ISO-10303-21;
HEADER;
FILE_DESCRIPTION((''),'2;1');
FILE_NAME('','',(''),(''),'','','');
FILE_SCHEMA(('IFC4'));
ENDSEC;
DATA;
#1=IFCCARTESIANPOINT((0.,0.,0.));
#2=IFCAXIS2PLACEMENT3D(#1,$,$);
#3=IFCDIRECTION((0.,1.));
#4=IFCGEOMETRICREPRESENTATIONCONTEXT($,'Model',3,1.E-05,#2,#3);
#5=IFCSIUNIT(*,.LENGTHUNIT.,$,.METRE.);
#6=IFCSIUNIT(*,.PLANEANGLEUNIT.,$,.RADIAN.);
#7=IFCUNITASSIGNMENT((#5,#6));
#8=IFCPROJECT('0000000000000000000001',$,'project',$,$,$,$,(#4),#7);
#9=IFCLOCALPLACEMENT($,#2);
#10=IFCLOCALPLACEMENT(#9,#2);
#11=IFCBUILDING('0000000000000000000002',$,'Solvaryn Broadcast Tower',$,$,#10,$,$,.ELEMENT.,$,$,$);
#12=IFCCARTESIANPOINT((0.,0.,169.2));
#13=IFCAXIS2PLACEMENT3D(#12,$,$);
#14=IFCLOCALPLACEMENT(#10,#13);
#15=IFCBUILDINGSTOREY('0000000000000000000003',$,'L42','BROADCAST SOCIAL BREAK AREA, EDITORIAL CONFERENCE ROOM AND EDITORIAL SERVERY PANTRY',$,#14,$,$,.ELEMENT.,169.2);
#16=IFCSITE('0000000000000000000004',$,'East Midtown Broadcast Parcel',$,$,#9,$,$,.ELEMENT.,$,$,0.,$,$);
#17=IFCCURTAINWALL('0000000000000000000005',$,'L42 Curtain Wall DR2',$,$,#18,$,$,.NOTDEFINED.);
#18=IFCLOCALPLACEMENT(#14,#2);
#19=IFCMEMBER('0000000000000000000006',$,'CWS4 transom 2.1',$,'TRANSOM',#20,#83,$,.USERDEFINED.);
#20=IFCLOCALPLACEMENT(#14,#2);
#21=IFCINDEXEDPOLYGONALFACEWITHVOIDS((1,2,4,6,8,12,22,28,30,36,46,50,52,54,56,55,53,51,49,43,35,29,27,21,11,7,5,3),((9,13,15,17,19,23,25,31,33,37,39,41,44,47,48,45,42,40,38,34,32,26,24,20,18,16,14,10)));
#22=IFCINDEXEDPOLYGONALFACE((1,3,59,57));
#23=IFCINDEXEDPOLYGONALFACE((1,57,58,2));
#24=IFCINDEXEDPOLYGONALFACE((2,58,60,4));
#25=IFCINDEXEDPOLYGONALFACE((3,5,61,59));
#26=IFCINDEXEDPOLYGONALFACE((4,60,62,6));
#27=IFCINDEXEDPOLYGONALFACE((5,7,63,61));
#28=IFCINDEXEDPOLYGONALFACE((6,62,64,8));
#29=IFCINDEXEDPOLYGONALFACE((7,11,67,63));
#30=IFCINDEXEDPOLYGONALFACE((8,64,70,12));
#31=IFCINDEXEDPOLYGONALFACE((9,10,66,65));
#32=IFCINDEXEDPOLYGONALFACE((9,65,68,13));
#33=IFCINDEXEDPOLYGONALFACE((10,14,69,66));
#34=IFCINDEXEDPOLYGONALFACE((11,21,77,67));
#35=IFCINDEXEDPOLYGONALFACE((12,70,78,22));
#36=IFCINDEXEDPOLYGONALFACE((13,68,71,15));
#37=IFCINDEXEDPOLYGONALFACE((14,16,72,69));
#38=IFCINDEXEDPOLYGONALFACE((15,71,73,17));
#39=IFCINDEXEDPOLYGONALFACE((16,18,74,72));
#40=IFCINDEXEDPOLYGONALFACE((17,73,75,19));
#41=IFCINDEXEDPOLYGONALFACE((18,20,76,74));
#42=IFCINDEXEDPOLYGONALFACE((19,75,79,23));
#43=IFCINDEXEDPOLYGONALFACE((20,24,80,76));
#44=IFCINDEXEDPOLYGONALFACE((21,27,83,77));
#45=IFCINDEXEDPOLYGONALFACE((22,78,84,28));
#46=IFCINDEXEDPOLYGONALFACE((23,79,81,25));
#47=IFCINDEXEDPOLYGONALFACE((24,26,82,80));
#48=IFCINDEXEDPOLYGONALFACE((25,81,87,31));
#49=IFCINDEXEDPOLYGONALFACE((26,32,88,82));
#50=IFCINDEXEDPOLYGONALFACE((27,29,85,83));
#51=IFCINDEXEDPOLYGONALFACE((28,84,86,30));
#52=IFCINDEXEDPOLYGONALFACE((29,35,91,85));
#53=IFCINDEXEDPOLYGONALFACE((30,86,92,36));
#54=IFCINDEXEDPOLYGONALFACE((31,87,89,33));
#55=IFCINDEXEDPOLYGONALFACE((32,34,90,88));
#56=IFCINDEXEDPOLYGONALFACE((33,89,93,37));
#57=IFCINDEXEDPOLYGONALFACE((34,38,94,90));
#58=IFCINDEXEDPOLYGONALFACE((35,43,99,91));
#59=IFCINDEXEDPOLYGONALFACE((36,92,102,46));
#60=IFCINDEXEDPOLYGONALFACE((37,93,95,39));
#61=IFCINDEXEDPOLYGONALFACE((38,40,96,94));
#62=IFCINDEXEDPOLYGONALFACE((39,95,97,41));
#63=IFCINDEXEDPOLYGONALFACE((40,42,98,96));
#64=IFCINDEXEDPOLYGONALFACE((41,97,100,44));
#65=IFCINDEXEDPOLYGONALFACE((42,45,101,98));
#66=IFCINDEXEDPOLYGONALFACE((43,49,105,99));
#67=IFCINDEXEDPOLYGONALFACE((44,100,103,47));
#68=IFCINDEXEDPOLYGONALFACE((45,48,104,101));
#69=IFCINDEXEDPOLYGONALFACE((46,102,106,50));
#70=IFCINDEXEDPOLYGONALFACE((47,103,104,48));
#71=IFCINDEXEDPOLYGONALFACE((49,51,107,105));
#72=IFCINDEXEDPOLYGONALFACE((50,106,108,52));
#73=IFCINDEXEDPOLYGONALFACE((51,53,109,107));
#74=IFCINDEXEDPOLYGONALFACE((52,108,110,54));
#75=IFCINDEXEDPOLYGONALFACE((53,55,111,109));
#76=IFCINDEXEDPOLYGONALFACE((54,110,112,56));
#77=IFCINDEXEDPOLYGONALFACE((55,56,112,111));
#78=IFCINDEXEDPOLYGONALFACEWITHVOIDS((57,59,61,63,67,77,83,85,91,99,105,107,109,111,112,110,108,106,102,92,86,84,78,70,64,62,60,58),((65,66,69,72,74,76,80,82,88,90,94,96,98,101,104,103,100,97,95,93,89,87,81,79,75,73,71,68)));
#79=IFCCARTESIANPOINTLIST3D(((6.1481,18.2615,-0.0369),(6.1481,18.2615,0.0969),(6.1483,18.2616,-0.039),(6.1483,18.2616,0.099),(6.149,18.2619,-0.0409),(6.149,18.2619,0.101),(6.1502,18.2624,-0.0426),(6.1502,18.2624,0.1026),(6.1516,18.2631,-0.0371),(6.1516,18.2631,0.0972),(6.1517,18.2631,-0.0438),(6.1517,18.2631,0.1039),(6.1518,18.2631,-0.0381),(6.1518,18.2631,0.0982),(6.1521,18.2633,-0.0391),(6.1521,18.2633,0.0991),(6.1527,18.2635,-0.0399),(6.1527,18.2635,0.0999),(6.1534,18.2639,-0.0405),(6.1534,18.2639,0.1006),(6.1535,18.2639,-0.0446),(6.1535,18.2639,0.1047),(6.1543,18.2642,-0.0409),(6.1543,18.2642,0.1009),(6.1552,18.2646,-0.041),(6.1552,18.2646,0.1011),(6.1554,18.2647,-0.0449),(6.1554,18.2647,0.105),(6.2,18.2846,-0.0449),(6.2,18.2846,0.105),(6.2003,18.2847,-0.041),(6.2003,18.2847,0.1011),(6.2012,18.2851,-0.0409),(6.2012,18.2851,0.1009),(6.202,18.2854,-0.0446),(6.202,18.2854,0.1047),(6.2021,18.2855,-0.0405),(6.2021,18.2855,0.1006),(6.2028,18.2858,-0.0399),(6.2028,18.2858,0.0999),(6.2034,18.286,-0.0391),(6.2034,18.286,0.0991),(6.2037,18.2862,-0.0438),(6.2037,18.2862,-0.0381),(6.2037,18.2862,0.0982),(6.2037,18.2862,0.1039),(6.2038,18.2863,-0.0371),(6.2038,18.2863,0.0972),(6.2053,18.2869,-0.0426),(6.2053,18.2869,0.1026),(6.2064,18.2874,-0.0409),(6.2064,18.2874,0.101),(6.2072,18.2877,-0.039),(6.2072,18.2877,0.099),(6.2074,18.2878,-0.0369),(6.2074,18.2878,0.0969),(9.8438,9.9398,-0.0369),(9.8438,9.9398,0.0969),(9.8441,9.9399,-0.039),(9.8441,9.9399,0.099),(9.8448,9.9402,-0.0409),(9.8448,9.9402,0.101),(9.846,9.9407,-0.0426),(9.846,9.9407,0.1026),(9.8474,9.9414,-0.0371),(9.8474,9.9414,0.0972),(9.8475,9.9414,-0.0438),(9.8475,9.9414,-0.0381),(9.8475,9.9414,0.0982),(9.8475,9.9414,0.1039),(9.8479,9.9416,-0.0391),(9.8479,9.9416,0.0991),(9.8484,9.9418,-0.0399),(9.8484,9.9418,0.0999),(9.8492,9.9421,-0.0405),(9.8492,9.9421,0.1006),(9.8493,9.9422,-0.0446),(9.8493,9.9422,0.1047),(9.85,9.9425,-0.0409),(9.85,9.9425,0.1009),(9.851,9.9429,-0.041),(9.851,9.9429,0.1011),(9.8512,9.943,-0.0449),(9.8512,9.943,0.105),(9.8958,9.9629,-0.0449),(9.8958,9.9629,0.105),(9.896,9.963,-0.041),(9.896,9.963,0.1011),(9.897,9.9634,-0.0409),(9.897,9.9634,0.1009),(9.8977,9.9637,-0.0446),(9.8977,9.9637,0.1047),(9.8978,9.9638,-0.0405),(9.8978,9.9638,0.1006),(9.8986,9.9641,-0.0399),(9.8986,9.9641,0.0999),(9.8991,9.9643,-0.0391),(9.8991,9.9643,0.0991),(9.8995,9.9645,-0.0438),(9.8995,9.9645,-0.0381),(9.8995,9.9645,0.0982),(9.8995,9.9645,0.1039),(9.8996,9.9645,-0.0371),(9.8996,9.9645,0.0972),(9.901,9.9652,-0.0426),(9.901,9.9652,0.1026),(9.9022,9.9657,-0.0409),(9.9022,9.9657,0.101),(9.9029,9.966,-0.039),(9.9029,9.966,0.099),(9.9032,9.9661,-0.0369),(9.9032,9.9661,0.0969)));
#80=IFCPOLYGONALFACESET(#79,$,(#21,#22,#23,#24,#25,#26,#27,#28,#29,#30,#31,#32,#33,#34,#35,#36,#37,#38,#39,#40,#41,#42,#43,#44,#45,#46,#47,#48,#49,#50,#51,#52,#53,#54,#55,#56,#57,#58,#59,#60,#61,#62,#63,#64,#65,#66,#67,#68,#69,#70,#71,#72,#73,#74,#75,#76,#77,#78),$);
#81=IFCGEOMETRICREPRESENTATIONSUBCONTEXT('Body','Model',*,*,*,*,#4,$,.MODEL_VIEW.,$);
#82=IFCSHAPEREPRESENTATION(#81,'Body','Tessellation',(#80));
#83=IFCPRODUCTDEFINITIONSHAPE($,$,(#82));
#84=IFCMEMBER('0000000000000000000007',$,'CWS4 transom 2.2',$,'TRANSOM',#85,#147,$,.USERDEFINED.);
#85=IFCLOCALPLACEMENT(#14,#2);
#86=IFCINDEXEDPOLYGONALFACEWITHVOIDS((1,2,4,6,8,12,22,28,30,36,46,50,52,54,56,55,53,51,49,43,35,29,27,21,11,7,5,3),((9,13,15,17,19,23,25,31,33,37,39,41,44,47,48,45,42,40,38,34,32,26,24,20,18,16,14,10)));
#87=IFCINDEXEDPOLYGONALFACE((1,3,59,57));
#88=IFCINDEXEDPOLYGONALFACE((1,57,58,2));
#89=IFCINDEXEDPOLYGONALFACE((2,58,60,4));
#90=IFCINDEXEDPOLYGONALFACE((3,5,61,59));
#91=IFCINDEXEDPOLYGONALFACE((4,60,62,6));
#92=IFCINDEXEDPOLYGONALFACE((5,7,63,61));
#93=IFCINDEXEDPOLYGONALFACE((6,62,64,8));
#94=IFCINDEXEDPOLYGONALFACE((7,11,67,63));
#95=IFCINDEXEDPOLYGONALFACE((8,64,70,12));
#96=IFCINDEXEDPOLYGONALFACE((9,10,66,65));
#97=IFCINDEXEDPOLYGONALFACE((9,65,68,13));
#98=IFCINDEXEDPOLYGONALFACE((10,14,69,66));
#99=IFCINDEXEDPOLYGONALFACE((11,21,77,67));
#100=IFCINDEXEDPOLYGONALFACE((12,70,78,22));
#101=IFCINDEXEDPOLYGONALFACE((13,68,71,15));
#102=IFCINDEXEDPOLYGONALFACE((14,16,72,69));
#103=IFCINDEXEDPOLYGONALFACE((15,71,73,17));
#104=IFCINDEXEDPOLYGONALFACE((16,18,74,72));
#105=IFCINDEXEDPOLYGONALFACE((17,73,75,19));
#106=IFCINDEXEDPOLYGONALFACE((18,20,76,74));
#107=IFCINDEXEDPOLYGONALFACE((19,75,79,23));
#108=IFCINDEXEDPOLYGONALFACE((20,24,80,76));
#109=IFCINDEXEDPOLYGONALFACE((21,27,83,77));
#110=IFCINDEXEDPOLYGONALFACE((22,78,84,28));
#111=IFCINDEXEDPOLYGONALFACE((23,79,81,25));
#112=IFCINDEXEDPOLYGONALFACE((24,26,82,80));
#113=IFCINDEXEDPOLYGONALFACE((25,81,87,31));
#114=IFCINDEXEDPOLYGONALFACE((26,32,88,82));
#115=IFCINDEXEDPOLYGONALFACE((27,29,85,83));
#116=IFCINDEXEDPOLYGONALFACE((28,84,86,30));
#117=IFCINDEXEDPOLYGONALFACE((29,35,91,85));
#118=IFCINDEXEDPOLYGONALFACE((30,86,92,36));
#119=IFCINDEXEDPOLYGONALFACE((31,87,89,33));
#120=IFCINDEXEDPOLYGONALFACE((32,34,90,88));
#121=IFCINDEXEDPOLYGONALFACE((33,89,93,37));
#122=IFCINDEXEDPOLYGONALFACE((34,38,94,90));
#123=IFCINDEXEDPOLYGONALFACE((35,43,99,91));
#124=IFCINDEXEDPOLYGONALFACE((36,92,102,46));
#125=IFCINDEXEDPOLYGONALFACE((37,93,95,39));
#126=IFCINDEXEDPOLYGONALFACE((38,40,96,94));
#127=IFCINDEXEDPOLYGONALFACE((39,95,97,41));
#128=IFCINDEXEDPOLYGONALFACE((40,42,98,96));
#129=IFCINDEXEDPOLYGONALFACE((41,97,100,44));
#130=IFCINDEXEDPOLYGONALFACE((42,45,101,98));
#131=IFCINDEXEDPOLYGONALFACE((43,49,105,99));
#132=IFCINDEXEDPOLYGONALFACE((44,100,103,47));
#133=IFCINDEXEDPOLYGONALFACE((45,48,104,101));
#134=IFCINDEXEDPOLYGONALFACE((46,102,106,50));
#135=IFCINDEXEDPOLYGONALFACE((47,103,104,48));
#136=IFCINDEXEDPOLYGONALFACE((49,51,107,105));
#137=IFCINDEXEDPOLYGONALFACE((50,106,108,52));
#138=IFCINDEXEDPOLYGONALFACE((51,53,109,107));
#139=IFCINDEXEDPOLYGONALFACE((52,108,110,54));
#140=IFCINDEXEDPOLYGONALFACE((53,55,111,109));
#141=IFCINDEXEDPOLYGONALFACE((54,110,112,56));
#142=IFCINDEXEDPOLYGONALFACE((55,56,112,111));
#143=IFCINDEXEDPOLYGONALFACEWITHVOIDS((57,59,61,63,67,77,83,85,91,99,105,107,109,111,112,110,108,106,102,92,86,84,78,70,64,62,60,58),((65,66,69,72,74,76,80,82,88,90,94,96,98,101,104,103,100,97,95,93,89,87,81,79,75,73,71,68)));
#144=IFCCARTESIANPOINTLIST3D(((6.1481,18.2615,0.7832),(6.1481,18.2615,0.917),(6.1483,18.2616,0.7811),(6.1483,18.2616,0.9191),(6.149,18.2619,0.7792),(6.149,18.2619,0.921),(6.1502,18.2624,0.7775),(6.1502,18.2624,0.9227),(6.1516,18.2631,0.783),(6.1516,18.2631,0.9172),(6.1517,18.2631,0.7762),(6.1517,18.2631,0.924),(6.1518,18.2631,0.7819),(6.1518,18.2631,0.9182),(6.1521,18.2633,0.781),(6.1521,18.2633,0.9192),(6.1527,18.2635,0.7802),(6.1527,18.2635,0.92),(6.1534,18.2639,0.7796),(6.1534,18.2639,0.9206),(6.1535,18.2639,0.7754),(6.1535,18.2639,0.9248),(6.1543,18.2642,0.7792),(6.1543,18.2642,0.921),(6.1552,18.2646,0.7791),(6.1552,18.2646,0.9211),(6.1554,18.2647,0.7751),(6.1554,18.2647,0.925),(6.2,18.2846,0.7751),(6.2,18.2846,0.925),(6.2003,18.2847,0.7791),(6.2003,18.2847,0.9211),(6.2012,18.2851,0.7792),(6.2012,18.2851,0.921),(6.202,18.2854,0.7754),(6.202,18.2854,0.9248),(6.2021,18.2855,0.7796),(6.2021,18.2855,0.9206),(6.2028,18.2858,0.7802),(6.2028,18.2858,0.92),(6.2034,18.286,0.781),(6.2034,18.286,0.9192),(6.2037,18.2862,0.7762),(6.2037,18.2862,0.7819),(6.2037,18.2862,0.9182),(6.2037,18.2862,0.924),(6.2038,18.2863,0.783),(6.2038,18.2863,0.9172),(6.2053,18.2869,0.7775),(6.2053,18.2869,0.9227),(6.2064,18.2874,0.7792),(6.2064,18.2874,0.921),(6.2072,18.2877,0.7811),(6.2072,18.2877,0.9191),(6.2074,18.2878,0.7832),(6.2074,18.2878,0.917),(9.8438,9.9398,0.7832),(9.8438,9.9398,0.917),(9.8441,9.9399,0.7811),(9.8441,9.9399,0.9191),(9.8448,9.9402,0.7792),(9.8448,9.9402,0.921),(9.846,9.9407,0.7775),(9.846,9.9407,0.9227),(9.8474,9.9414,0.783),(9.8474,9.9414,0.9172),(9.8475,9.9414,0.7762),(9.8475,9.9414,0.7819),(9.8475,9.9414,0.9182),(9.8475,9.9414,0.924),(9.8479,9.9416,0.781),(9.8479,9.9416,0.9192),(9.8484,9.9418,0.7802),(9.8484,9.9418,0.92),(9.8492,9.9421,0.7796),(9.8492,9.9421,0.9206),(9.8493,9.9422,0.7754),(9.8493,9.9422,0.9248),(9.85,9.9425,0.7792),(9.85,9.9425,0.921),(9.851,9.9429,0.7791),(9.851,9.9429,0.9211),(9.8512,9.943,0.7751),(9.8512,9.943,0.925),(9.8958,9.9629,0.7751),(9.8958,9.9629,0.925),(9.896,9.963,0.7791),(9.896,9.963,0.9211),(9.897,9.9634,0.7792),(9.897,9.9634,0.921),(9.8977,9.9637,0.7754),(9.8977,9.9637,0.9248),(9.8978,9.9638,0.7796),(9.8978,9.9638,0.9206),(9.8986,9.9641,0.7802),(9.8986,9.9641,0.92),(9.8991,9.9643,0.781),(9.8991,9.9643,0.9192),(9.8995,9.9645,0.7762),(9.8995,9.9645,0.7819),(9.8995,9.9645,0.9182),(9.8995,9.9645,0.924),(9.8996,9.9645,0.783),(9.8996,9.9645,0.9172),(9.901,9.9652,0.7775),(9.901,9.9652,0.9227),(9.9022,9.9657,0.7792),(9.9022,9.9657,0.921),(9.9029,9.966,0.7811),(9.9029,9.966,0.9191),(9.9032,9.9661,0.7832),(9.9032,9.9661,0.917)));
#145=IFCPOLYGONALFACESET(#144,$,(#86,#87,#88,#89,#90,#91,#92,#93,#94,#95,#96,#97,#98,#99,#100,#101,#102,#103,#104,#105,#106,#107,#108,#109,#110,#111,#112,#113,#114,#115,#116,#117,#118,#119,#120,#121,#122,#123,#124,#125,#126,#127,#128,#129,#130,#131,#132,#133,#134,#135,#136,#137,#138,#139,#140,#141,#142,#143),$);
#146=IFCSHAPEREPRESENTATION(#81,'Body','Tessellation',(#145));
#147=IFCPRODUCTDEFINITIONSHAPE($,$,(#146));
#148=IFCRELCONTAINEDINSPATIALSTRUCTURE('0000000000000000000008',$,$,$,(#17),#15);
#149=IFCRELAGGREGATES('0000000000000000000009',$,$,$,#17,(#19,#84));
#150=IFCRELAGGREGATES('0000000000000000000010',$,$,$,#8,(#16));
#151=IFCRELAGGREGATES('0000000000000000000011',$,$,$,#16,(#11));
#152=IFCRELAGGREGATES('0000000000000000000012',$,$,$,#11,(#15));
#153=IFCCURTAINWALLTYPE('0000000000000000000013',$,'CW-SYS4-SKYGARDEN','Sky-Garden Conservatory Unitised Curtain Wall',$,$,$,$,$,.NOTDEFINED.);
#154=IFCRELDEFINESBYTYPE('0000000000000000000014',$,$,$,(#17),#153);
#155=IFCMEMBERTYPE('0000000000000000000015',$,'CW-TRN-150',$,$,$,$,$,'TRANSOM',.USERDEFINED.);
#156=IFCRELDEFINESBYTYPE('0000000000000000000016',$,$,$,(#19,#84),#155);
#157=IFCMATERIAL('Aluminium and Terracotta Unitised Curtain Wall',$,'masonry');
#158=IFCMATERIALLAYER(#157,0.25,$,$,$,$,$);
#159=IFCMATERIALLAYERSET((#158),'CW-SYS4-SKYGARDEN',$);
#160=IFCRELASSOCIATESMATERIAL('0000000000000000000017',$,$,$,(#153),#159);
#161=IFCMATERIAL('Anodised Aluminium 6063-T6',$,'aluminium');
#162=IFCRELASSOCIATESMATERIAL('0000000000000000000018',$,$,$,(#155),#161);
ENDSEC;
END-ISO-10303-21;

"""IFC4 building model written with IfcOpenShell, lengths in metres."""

from ifc_helpers import new_model, si_unit, direction, frame, origin, origin_2d, place, context, subcontext, project, spatial, hollow_rectangle, extrude, material, layer, layer_set, material_profile, profile_set, type_object, element, aggregate, save


model = new_model("IFC4")

# Units and contexts
model_context = context("Model", 3, precision=1e-05, world=origin(), true_north=direction((0.0, 1.0)))
body_context = subcontext(model_context, "Body", "Model", "MODEL_VIEW")
ifc_project = project(units=[si_unit("LENGTHUNIT", "METRE"), si_unit("PLANEANGLEUNIT", "RADIAN")], contexts=[model_context])

# Site, building, storey
site_placement = place(None, origin())
site = spatial("IfcSite", under=ifc_project, at=site_placement, Name="East Midtown Broadcast Parcel", CompositionType="ELEMENT", RefElevation=0.0)
building_placement = place(site_placement, origin())
building = spatial("IfcBuilding", under=site, at=building_placement, Name="Solvaryn Broadcast Tower", CompositionType="ELEMENT")
storey_placement = place(building_placement, frame((0.0, 0.0, 169.2)))
storey = spatial("IfcBuildingStorey", under=building, at=storey_placement, Name="L42", Description="BROADCAST SOCIAL BREAK AREA, EDITORIAL CONFERENCE ROOM AND EDITORIAL SERVERY PANTRY", CompositionType="ELEMENT", Elevation=169.2)

# Shared definitions
ifc_material_1 = material(Name="Aluminium and Terracotta Unitised Curtain Wall", Category="masonry")
ifc_layer_1 = layer(ifc_material_1, 0.25)
ifc_layer_set_1 = layer_set([ifc_layer_1], Name="CW-SYS4-SKYGARDEN")
curtain_wall_type = type_object("IfcCurtainWallType", Name="CW-SYS4-SKYGARDEN", Description="Sky-Garden Conservatory Unitised Curtain Wall", PredefinedType="NOTDEFINED", material=ifc_layer_set_1)

# Curtain wall, members
curtain_wall_1_placement = place(storey_placement, origin())
curtain_wall_1 = element("IfcCurtainWall", 1, at=curtain_wall_1_placement, inside=storey, type_object=curtain_wall_type, Name="L42 Curtain Wall DR2", PredefinedType="NOTDEFINED")
ifc_material_2 = material(Name="Anodised Aluminium 6063-T6", Category="aluminium")
ifc_material_profile_1 = material_profile(ifc_material_2, hollow_rectangle(XDim=0.0649, YDim=0.1499, WallThickness=0.0039, InnerFilletRadius=0.0039, OuterFilletRadius=0.0081, at=origin_2d()))
ifc_profile_set_1 = profile_set([ifc_material_profile_1], Name="Anodised Aluminium 6063-T6")
member_type_1 = type_object("IfcMemberType", Name="CW-TRN-150", ElementType="TRANSOM", PredefinedType="USERDEFINED", material=ifc_profile_set_1)
member_1_placement = place(storey_placement, frame((6.1777, 18.2747, 0.03), z_axis=(0.405885, -0.913924, 0.0), x_axis=(0.913924, 0.405885, 0.0)))
member_1 = element("IfcMember", 2, at=member_1_placement, type_object=member_type_1, Name="CWS4 transom 2.1", ObjectType="TRANSOM", PredefinedType="USERDEFINED", context=body_context, shape_type="SweptSolid", body=[
    extrude(hollow_rectangle(XDim=0.0649, YDim=0.1499, WallThickness=0.0039, InnerFilletRadius=0.0039, OuterFilletRadius=0.0081, at=origin_2d()), origin(), (0.0, 0.0, 1.0), 9.1055),
])
member_2_placement = place(storey_placement, frame((6.1777, 18.2747, 0.8501), z_axis=(0.405885, -0.913924, 0.0), x_axis=(0.913924, 0.405885, 0.0)))
member_2 = element("IfcMember", 3, at=member_2_placement, type_object=member_type_1, Name="CWS4 transom 2.2", ObjectType="TRANSOM", PredefinedType="USERDEFINED", context=body_context, shape_type="SweptSolid", body=[
    extrude(hollow_rectangle(XDim=0.0649, YDim=0.1499, WallThickness=0.0039, InnerFilletRadius=0.0039, OuterFilletRadius=0.0081, at=origin_2d()), origin(), (0.0, 0.0, 1.0), 9.1055),
])
aggregate(curtain_wall_1, [member_1, member_2])

save(model, "model.ifc")
